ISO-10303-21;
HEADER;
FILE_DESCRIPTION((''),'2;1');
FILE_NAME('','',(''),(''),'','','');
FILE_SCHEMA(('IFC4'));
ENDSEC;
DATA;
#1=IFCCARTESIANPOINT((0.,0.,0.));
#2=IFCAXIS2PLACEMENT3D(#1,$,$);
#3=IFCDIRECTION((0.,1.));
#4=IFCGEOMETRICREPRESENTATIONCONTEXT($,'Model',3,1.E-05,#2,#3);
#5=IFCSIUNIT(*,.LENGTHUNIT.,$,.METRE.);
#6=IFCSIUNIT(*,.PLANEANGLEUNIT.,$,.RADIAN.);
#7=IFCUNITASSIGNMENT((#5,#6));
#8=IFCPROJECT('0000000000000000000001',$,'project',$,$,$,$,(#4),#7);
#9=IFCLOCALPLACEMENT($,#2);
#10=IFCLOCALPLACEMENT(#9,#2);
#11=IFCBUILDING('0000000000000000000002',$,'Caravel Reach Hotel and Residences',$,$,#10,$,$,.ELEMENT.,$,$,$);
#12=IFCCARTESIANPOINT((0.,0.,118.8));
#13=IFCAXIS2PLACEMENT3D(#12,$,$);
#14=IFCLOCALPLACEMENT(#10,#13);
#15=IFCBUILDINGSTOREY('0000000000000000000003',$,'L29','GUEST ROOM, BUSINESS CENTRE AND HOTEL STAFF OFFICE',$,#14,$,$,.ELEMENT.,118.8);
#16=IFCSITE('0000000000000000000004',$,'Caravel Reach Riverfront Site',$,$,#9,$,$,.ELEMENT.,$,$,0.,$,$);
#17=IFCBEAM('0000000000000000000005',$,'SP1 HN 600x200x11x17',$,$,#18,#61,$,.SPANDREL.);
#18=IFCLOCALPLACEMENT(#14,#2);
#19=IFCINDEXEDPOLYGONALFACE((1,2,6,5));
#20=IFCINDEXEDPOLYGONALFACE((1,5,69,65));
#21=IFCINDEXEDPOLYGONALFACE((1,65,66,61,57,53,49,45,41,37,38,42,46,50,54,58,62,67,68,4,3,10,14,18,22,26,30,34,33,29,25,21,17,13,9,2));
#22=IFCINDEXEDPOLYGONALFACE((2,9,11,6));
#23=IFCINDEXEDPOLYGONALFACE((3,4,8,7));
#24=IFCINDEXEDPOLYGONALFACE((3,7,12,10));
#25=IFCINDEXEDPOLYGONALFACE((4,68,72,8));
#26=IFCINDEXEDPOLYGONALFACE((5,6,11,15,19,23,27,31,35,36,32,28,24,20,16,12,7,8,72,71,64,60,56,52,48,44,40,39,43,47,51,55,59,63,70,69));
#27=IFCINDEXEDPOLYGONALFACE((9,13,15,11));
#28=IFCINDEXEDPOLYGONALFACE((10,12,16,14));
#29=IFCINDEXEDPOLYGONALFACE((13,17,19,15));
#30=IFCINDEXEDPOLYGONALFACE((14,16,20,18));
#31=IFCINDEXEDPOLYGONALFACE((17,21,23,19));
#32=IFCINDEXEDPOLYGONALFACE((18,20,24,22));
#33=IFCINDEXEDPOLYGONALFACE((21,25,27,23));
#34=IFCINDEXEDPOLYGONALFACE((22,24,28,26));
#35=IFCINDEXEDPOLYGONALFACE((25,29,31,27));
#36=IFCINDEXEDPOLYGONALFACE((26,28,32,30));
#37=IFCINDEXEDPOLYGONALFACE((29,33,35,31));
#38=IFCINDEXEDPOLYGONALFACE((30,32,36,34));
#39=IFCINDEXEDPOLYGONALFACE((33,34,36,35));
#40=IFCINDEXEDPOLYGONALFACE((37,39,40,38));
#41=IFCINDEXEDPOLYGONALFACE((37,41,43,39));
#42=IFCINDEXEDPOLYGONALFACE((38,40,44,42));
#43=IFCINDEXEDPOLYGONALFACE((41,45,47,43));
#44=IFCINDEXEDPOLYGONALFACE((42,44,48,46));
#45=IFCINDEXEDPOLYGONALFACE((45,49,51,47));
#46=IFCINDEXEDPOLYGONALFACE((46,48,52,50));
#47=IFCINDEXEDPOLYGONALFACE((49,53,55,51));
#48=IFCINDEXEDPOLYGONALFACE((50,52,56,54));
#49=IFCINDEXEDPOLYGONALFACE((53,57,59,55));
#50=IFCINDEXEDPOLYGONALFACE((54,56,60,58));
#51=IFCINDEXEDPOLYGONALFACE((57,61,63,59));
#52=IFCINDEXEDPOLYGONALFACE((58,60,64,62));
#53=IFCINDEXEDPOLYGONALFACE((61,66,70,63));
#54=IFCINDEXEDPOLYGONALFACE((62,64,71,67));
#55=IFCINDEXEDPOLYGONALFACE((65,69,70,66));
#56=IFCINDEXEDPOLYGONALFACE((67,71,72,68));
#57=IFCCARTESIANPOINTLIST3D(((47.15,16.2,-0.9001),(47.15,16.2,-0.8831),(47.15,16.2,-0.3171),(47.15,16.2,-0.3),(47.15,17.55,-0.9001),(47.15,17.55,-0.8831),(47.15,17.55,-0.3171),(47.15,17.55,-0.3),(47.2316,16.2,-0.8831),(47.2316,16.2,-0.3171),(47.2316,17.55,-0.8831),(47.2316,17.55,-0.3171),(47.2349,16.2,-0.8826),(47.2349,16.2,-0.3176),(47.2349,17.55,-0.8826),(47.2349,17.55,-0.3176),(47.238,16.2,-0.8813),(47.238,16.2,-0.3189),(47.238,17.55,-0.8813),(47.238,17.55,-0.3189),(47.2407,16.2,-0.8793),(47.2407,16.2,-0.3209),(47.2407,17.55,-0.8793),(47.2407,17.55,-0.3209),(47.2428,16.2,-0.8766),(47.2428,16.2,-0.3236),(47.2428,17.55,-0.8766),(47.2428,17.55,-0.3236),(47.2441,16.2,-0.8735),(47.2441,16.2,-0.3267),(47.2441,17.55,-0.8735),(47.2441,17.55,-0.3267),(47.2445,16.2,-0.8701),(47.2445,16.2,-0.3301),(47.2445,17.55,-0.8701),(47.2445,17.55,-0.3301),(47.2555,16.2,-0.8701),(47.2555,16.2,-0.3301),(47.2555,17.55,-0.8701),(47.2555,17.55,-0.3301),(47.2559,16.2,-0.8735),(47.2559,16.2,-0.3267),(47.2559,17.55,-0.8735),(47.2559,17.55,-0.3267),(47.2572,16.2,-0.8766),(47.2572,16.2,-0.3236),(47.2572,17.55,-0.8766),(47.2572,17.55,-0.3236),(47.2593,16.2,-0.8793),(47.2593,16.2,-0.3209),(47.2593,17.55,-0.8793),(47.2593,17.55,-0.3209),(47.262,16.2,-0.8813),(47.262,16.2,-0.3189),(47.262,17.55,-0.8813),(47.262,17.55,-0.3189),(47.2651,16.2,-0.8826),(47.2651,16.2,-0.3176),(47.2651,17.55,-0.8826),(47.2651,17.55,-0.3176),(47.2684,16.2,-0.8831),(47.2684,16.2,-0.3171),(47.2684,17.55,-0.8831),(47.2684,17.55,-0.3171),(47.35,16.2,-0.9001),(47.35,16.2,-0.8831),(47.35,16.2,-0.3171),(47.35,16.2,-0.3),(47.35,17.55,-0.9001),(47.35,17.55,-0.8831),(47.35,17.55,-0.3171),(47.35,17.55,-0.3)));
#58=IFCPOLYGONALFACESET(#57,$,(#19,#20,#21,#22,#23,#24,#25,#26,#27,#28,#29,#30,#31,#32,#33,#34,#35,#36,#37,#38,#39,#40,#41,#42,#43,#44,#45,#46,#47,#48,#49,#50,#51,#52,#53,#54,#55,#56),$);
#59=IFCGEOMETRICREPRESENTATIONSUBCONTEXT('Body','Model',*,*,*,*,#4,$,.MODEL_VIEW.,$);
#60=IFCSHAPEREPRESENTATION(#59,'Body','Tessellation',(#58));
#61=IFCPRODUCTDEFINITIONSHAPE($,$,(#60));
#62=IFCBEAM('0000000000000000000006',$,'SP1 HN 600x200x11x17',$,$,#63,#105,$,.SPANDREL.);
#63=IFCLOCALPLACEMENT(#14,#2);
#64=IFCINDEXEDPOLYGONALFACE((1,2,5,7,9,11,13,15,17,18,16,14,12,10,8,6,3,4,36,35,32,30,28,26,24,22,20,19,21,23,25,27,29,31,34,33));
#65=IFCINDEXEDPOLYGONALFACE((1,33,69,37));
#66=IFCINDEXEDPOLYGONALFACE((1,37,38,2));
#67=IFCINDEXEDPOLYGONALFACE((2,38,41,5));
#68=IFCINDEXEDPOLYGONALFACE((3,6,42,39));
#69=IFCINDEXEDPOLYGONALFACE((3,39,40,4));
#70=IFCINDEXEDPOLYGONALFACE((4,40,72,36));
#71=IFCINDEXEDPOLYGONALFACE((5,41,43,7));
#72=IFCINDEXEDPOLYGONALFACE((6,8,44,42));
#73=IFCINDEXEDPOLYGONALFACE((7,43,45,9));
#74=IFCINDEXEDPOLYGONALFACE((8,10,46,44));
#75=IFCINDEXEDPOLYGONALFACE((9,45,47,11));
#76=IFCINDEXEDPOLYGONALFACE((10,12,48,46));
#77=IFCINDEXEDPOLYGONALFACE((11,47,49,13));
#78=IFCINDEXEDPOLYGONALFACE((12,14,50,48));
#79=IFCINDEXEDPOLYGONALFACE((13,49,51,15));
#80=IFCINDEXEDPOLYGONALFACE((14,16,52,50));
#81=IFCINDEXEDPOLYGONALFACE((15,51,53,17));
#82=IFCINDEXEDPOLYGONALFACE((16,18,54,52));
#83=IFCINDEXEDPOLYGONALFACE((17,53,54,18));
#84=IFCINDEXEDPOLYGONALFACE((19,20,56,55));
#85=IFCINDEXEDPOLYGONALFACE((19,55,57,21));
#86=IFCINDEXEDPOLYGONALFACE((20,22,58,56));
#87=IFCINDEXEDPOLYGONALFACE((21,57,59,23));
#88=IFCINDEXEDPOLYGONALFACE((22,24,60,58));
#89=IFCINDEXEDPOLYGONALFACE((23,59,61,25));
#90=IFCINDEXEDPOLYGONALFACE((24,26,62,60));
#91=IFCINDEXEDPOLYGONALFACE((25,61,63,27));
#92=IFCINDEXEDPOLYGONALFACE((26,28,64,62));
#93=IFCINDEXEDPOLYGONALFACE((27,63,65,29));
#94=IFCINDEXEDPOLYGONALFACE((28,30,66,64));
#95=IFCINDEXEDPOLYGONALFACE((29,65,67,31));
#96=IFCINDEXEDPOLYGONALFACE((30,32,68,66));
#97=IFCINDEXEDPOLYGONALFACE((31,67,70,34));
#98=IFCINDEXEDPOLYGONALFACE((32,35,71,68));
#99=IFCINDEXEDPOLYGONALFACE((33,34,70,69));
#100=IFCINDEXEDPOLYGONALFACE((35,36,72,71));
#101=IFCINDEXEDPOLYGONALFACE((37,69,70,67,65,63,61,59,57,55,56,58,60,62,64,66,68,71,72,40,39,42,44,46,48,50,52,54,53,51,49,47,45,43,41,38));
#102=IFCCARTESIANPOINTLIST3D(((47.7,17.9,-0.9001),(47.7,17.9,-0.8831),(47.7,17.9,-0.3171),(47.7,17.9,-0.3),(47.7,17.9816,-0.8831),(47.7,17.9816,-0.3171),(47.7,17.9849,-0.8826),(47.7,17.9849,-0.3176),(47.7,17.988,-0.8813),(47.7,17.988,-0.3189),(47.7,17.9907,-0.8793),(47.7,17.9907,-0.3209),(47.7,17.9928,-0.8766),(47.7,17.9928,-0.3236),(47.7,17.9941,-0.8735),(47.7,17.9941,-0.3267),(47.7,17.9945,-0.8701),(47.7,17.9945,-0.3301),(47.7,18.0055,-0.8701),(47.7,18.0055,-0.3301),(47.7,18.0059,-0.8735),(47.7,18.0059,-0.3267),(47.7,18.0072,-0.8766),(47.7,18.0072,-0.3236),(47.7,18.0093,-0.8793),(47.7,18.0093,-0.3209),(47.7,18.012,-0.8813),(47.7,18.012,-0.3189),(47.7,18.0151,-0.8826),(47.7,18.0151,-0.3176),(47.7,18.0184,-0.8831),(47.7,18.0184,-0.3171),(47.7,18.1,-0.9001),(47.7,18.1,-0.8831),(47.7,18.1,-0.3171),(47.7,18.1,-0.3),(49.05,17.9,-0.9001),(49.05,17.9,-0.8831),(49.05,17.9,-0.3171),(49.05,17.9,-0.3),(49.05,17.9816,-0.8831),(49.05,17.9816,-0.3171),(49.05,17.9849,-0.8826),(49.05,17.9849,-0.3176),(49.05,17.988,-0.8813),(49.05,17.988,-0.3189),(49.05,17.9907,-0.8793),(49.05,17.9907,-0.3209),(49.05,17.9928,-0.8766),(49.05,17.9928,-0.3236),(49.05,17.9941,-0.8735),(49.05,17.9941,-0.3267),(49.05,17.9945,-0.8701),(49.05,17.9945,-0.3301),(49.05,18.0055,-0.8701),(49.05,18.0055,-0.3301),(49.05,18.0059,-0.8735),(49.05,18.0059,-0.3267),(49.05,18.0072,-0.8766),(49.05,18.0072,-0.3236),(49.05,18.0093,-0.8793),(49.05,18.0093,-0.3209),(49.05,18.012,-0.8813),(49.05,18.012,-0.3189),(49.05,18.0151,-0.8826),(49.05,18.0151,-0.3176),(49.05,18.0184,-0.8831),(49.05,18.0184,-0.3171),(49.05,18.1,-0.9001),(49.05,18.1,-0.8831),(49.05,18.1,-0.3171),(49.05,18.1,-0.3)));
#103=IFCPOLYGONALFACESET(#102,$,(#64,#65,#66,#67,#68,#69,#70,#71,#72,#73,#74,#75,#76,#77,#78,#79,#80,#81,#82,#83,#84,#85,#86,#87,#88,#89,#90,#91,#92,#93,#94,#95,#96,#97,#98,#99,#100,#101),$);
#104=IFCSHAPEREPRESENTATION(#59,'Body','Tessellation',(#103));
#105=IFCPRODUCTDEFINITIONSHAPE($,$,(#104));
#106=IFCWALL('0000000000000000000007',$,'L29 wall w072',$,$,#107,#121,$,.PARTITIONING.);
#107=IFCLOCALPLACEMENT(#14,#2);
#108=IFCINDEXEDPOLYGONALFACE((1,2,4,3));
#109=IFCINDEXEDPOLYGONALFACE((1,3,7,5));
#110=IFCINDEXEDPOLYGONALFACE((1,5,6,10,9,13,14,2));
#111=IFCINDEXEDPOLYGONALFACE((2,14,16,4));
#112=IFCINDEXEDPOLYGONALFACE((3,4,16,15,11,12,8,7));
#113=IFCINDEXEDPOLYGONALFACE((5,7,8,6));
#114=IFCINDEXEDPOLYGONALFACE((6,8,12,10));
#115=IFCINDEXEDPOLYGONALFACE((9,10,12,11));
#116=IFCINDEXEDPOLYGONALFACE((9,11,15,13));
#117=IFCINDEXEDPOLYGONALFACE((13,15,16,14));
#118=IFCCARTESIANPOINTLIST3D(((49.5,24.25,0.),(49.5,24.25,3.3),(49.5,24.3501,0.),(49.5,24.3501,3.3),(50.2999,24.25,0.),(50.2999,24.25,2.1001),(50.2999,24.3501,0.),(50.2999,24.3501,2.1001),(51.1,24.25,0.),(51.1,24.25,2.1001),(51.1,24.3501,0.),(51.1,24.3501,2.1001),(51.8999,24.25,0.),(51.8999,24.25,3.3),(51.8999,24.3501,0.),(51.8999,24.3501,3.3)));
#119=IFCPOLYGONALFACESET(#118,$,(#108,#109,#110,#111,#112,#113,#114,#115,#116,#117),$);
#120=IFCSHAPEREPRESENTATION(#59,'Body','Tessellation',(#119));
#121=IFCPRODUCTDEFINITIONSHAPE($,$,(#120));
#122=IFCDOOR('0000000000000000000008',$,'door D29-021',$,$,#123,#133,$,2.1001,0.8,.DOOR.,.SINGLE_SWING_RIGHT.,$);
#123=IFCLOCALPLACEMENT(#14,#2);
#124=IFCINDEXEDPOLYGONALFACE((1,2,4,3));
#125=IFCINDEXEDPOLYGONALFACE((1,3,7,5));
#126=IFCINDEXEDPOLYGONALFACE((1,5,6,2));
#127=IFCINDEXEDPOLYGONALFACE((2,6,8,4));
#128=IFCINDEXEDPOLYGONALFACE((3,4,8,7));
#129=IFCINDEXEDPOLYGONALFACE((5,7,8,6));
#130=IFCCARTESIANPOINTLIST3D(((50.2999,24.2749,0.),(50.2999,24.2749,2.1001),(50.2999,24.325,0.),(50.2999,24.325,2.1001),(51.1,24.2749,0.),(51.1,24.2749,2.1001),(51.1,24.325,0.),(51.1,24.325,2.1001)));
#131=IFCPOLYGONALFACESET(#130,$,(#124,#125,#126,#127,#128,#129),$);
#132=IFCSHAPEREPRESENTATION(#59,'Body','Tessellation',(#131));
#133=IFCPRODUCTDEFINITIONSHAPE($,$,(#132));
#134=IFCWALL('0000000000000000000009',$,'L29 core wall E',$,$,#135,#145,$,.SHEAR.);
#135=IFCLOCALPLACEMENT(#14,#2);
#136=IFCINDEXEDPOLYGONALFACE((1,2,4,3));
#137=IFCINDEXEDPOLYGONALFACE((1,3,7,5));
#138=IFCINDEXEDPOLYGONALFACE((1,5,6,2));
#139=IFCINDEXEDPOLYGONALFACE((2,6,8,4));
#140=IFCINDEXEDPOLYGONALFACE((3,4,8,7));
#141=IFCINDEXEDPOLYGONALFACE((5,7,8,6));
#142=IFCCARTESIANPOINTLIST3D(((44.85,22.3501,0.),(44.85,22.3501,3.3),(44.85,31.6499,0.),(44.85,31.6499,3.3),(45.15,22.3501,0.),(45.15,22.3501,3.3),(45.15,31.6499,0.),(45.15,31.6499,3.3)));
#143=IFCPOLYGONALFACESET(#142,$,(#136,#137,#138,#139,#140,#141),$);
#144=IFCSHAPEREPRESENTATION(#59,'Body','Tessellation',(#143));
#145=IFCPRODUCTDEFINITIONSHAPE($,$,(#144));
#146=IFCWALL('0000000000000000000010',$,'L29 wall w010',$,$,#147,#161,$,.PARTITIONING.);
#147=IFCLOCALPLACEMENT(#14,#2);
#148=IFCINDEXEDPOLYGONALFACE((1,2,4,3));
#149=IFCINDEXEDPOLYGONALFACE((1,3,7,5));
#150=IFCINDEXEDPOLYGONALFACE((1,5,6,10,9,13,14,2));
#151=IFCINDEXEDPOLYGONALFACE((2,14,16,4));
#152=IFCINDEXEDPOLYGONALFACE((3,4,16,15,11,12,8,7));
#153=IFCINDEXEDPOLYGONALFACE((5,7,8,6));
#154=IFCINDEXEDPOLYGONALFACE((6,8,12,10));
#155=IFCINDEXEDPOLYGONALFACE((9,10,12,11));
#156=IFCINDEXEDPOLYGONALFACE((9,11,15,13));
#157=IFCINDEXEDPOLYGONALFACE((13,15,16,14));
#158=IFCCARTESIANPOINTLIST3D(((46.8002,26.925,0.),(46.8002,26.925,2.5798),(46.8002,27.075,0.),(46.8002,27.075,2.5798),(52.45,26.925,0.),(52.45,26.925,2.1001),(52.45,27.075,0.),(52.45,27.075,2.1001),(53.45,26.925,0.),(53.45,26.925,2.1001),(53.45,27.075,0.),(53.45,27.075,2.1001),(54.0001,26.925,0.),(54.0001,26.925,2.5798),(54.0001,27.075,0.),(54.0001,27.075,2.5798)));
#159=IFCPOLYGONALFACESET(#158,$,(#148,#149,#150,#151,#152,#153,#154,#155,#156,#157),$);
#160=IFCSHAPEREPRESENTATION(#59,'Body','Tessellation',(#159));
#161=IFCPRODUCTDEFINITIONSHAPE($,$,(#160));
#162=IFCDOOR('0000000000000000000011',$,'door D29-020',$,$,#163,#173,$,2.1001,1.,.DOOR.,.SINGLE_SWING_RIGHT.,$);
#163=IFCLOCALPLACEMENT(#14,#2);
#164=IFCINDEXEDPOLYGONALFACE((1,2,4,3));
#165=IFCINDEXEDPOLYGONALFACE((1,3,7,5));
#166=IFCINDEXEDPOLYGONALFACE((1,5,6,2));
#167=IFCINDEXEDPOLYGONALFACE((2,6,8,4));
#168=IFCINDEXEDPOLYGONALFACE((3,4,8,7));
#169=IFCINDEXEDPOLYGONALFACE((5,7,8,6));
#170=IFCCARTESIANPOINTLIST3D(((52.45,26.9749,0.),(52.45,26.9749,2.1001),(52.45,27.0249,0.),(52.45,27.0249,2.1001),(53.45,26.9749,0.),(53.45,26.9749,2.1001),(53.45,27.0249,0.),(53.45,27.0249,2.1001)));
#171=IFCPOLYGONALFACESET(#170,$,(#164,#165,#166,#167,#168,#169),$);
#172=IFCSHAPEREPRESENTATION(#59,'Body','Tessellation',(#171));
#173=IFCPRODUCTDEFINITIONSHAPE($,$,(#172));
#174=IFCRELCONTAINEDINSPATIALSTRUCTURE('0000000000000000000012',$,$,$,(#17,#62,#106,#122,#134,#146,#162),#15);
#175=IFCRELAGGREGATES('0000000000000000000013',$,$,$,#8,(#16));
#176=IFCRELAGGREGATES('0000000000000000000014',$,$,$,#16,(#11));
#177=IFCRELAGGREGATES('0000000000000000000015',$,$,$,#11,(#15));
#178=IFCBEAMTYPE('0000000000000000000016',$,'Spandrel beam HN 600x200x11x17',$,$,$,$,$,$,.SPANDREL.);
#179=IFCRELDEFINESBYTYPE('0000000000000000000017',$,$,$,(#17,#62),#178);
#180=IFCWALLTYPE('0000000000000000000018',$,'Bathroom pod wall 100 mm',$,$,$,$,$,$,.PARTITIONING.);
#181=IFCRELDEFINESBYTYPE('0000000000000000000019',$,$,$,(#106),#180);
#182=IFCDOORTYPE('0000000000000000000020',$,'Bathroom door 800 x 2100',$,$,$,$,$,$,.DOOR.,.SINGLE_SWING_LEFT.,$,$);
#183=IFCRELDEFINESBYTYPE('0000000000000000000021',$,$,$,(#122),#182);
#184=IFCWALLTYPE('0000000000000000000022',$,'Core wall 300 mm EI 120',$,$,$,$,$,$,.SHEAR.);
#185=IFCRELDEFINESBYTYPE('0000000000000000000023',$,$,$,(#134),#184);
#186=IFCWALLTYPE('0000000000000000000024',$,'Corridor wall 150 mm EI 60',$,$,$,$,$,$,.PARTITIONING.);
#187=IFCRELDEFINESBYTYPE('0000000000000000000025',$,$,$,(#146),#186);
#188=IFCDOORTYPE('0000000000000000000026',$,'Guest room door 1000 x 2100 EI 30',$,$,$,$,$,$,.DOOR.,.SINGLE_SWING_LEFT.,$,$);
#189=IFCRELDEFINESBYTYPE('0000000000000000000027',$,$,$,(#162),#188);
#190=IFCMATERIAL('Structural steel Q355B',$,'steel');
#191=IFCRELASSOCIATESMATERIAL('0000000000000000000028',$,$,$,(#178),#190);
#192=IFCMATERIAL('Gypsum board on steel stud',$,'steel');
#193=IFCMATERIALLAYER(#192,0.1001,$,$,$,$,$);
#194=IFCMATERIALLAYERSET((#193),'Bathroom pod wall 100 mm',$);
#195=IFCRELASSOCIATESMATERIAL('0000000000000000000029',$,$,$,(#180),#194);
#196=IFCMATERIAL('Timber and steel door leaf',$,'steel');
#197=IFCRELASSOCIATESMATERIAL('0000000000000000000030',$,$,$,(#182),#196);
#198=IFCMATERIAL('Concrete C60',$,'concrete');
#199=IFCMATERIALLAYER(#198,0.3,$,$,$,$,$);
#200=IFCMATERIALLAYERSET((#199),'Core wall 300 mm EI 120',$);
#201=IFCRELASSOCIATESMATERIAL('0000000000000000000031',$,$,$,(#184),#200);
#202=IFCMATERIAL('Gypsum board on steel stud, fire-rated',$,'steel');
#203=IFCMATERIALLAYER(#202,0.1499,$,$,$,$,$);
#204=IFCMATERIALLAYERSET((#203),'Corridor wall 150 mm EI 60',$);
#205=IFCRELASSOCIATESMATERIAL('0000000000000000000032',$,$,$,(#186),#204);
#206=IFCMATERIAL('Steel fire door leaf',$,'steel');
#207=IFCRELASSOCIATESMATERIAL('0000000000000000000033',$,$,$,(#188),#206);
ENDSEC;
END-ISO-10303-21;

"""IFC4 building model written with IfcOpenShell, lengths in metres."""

from ifc_helpers import new_model, si_unit, direction, frame, frame_2d, origin, origin_2d, place, context, subcontext, project, spatial, rectangle, i_section, extrude, material, layer, layer_set, material_profile, profile_set, type_object, element, fill, save


model = new_model("IFC4")

# Units and contexts
model_context = context("Model", 3, precision=1e-05, world=origin(), true_north=direction((0.0, 1.0)))
body_context = subcontext(model_context, "Body", "Model", "MODEL_VIEW")
ifc_project = project(units=[si_unit("LENGTHUNIT", "METRE"), si_unit("PLANEANGLEUNIT", "RADIAN")], contexts=[model_context])

# Site, building, storey
site_placement = place(None, origin())
site = spatial("IfcSite", under=ifc_project, at=site_placement, Name="Caravel Reach Riverfront Site", CompositionType="ELEMENT", RefElevation=0.0)
building_placement = place(site_placement, origin())
building = spatial("IfcBuilding", under=site, at=building_placement, Name="Caravel Reach Hotel and Residences", CompositionType="ELEMENT")
storey_placement = place(building_placement, frame((0.0, 0.0, 118.8)))
storey = spatial("IfcBuildingStorey", under=building, at=storey_placement, Name="L29", Description="GUEST ROOM, BUSINESS CENTRE AND HOTEL STAFF OFFICE", CompositionType="ELEMENT", Elevation=118.8)

# Beams
ifc_material_1 = material(Name="Structural steel Q355B", Category="steel")
ifc_material_profile_1 = material_profile(ifc_material_1, i_section(OverallWidth=0.2, OverallDepth=0.6001, WebThickness=0.011, FlangeThickness=0.0171, FilletRadius=0.0129, at=origin_2d()), Name="HN 600x200x11x17")
ifc_profile_set_1 = profile_set([ifc_material_profile_1], Name="Structural steel Q355B")
beam_type_1 = type_object("IfcBeamType", Name="Spandrel beam HN 600x200x11x17", PredefinedType="SPANDREL", material=ifc_profile_set_1)
for number, where, z_axis, x_axis, name in (
    (1, (47.25, 16.2, -0.6001), (0.0, 1.0, 0.0), (-1.0, 0.0, 0.0), "SP1 HN 600x200x11x17"),
    (2, (47.7, 18.0, -0.6001), (1.0, 0.0, 0.0), (0.0, 1.0, 0.0), "SP1 HN 600x200x11x17"),
):
    element("IfcBeam", number, at=place(storey_placement, frame(where, z_axis=z_axis, x_axis=x_axis)), inside=storey, type_object=beam_type_1, Name=name, PredefinedType="SPANDREL", context=body_context, shape_type="SweptSolid", body=[
        extrude(i_section(OverallWidth=0.2, OverallDepth=0.6001, WebThickness=0.011, FlangeThickness=0.0171, FilletRadius=0.0129, at=origin_2d()), origin(), (0.0, 0.0, 1.0), 1.3501),
    ])

# Wall, opening, door
ifc_material_2 = material(Name="Gypsum board on steel stud", Category="steel")
ifc_layer_1 = layer(ifc_material_2, 0.1001)
ifc_layer_set_1 = layer_set([ifc_layer_1], Name="Bathroom pod wall 100 mm")
wall_type_1 = type_object("IfcWallType", Name="Bathroom pod wall 100 mm", PredefinedType="PARTITIONING", material=ifc_layer_set_1)
wall_1_placement = place(storey_placement, frame((49.5, 24.3, 0.0), z_axis=(0.0, 0.0, 1.0), x_axis=(1.0, 0.0, 0.0)))
wall_1 = element("IfcWall", 3, at=wall_1_placement, inside=storey, type_object=wall_type_1, Name="L29 wall w072", PredefinedType="PARTITIONING", context=body_context, shape_type="SweptSolid", body=[
    extrude(rectangle(XDim=2.3999, YDim=0.1001, at=frame_2d((1.2, 0.0))), origin(), (0.0, 0.0, 1.0), 3.3),
])
opening_1_placement = place(wall_1_placement, frame((0.8, 0.0, 0.0)))
opening_1 = element("IfcOpeningElement", 4, at=opening_1_placement, cuts=wall_1, PredefinedType="OPENING", context=body_context, shape_type="SweptSolid", body=[
    extrude(rectangle(XDim=0.8, YDim=2.1001, at=frame_2d((0.3999, 1.05))), frame((0.0, 0.0601, 0.0), z_axis=(0.0, -1.0, 0.0), x_axis=(1.0, 0.0, 0.0)), (0.0, 0.0, 1.0), 0.1201),
])
ifc_material_3 = material(Name="Timber and steel door leaf", Category="steel")
door_type_1 = type_object("IfcDoorType", Name="Bathroom door 800 x 2100", OperationType="SINGLE_SWING_LEFT", PredefinedType="DOOR", material=ifc_material_3)
door_1_placement = place(opening_1_placement, origin())
door_1 = element("IfcDoor", 5, at=door_1_placement, inside=storey, type_object=door_type_1, Name="door D29-021", OperationType="SINGLE_SWING_RIGHT", OverallHeight=2.1001, OverallWidth=0.8, PredefinedType="DOOR", context=body_context, shape_type="SweptSolid", body=[
    extrude(rectangle(XDim=0.8, YDim=2.1001, at=frame_2d((0.3999, 1.05))), frame((0.0, 0.0249, 0.0), z_axis=(0.0, -1.0, 0.0), x_axis=(1.0, 0.0, 0.0)), (0.0, 0.0, 1.0), 0.05),
])
fill(opening_1, door_1)

# Wall
ifc_material_4 = material(Name="Concrete C60", Category="concrete")
ifc_layer_2 = layer(ifc_material_4, 0.3)
ifc_layer_set_2 = layer_set([ifc_layer_2], Name="Core wall 300 mm EI 120")
wall_type_2 = type_object("IfcWallType", Name="Core wall 300 mm EI 120", PredefinedType="SHEAR", material=ifc_layer_set_2)
wall_2_placement = place(storey_placement, frame((45.0, 22.3501, 0.0), z_axis=(0.0, 0.0, 1.0), x_axis=(0.0, 1.0, 0.0)))
element("IfcWall", 6, at=wall_2_placement, inside=storey, type_object=wall_type_2, Name="L29 core wall E", PredefinedType="SHEAR", context=body_context, shape_type="SweptSolid", body=[
    extrude(rectangle(XDim=9.2998, YDim=0.3, at=frame_2d((4.6499, 0.0))), origin(), (0.0, 0.0, 1.0), 3.3),
])

# Wall, opening, door
ifc_material_5 = material(Name="Gypsum board on steel stud, fire-rated", Category="steel")
ifc_layer_3 = layer(ifc_material_5, 0.1499)
ifc_layer_set_3 = layer_set([ifc_layer_3], Name="Corridor wall 150 mm EI 60")
wall_type_3 = type_object("IfcWallType", Name="Corridor wall 150 mm EI 60", PredefinedType="PARTITIONING", material=ifc_layer_set_3)
wall_3_placement = place(storey_placement, frame((46.8, 27.0, 0.0), z_axis=(0.0, 0.0, 1.0), x_axis=(1.0, 0.0, 0.0)))
wall_3 = element("IfcWall", 7, at=wall_3_placement, inside=storey, type_object=wall_type_3, Name="L29 wall w010", PredefinedType="PARTITIONING", context=body_context, shape_type="SweptSolid", body=[
    extrude(rectangle(XDim=7.2, YDim=0.1499, at=frame_2d((3.6001, 0.0))), origin(), (0.0, 0.0, 1.0), 2.5798),
])
opening_2_placement = place(wall_3_placement, frame((5.6499, 0.0, 0.0)))
opening_2 = element("IfcOpeningElement", 8, at=opening_2_placement, cuts=wall_3, PredefinedType="OPENING", context=body_context, shape_type="SweptSolid", body=[
    extrude(rectangle(XDim=1.0, YDim=2.1001, at=frame_2d((0.5, 1.05))), frame((0.0, 0.085, 0.0), z_axis=(0.0, -1.0, 0.0), x_axis=(1.0, 0.0, 0.0)), (0.0, 0.0, 1.0), 0.1699),
])
ifc_material_6 = material(Name="Steel fire door leaf", Category="steel")
door_type_2 = type_object("IfcDoorType", Name="Guest room door 1000 x 2100 EI 30", OperationType="SINGLE_SWING_LEFT", PredefinedType="DOOR", material=ifc_material_6)
door_2_placement = place(opening_2_placement, origin())
door_2 = element("IfcDoor", 9, at=door_2_placement, inside=storey, type_object=door_type_2, Name="door D29-020", OperationType="SINGLE_SWING_RIGHT", OverallHeight=2.1001, OverallWidth=1.0, PredefinedType="DOOR", context=body_context, shape_type="SweptSolid", body=[
    extrude(rectangle(XDim=1.0, YDim=2.1001, at=frame_2d((0.5, 1.05))), frame((0.0, 0.0249, 0.0), z_axis=(0.0, -1.0, 0.0), x_axis=(1.0, 0.0, 0.0)), (0.0, 0.0, 1.0), 0.05),
])
fill(opening_2, door_2)

save(model, "model.ifc")
